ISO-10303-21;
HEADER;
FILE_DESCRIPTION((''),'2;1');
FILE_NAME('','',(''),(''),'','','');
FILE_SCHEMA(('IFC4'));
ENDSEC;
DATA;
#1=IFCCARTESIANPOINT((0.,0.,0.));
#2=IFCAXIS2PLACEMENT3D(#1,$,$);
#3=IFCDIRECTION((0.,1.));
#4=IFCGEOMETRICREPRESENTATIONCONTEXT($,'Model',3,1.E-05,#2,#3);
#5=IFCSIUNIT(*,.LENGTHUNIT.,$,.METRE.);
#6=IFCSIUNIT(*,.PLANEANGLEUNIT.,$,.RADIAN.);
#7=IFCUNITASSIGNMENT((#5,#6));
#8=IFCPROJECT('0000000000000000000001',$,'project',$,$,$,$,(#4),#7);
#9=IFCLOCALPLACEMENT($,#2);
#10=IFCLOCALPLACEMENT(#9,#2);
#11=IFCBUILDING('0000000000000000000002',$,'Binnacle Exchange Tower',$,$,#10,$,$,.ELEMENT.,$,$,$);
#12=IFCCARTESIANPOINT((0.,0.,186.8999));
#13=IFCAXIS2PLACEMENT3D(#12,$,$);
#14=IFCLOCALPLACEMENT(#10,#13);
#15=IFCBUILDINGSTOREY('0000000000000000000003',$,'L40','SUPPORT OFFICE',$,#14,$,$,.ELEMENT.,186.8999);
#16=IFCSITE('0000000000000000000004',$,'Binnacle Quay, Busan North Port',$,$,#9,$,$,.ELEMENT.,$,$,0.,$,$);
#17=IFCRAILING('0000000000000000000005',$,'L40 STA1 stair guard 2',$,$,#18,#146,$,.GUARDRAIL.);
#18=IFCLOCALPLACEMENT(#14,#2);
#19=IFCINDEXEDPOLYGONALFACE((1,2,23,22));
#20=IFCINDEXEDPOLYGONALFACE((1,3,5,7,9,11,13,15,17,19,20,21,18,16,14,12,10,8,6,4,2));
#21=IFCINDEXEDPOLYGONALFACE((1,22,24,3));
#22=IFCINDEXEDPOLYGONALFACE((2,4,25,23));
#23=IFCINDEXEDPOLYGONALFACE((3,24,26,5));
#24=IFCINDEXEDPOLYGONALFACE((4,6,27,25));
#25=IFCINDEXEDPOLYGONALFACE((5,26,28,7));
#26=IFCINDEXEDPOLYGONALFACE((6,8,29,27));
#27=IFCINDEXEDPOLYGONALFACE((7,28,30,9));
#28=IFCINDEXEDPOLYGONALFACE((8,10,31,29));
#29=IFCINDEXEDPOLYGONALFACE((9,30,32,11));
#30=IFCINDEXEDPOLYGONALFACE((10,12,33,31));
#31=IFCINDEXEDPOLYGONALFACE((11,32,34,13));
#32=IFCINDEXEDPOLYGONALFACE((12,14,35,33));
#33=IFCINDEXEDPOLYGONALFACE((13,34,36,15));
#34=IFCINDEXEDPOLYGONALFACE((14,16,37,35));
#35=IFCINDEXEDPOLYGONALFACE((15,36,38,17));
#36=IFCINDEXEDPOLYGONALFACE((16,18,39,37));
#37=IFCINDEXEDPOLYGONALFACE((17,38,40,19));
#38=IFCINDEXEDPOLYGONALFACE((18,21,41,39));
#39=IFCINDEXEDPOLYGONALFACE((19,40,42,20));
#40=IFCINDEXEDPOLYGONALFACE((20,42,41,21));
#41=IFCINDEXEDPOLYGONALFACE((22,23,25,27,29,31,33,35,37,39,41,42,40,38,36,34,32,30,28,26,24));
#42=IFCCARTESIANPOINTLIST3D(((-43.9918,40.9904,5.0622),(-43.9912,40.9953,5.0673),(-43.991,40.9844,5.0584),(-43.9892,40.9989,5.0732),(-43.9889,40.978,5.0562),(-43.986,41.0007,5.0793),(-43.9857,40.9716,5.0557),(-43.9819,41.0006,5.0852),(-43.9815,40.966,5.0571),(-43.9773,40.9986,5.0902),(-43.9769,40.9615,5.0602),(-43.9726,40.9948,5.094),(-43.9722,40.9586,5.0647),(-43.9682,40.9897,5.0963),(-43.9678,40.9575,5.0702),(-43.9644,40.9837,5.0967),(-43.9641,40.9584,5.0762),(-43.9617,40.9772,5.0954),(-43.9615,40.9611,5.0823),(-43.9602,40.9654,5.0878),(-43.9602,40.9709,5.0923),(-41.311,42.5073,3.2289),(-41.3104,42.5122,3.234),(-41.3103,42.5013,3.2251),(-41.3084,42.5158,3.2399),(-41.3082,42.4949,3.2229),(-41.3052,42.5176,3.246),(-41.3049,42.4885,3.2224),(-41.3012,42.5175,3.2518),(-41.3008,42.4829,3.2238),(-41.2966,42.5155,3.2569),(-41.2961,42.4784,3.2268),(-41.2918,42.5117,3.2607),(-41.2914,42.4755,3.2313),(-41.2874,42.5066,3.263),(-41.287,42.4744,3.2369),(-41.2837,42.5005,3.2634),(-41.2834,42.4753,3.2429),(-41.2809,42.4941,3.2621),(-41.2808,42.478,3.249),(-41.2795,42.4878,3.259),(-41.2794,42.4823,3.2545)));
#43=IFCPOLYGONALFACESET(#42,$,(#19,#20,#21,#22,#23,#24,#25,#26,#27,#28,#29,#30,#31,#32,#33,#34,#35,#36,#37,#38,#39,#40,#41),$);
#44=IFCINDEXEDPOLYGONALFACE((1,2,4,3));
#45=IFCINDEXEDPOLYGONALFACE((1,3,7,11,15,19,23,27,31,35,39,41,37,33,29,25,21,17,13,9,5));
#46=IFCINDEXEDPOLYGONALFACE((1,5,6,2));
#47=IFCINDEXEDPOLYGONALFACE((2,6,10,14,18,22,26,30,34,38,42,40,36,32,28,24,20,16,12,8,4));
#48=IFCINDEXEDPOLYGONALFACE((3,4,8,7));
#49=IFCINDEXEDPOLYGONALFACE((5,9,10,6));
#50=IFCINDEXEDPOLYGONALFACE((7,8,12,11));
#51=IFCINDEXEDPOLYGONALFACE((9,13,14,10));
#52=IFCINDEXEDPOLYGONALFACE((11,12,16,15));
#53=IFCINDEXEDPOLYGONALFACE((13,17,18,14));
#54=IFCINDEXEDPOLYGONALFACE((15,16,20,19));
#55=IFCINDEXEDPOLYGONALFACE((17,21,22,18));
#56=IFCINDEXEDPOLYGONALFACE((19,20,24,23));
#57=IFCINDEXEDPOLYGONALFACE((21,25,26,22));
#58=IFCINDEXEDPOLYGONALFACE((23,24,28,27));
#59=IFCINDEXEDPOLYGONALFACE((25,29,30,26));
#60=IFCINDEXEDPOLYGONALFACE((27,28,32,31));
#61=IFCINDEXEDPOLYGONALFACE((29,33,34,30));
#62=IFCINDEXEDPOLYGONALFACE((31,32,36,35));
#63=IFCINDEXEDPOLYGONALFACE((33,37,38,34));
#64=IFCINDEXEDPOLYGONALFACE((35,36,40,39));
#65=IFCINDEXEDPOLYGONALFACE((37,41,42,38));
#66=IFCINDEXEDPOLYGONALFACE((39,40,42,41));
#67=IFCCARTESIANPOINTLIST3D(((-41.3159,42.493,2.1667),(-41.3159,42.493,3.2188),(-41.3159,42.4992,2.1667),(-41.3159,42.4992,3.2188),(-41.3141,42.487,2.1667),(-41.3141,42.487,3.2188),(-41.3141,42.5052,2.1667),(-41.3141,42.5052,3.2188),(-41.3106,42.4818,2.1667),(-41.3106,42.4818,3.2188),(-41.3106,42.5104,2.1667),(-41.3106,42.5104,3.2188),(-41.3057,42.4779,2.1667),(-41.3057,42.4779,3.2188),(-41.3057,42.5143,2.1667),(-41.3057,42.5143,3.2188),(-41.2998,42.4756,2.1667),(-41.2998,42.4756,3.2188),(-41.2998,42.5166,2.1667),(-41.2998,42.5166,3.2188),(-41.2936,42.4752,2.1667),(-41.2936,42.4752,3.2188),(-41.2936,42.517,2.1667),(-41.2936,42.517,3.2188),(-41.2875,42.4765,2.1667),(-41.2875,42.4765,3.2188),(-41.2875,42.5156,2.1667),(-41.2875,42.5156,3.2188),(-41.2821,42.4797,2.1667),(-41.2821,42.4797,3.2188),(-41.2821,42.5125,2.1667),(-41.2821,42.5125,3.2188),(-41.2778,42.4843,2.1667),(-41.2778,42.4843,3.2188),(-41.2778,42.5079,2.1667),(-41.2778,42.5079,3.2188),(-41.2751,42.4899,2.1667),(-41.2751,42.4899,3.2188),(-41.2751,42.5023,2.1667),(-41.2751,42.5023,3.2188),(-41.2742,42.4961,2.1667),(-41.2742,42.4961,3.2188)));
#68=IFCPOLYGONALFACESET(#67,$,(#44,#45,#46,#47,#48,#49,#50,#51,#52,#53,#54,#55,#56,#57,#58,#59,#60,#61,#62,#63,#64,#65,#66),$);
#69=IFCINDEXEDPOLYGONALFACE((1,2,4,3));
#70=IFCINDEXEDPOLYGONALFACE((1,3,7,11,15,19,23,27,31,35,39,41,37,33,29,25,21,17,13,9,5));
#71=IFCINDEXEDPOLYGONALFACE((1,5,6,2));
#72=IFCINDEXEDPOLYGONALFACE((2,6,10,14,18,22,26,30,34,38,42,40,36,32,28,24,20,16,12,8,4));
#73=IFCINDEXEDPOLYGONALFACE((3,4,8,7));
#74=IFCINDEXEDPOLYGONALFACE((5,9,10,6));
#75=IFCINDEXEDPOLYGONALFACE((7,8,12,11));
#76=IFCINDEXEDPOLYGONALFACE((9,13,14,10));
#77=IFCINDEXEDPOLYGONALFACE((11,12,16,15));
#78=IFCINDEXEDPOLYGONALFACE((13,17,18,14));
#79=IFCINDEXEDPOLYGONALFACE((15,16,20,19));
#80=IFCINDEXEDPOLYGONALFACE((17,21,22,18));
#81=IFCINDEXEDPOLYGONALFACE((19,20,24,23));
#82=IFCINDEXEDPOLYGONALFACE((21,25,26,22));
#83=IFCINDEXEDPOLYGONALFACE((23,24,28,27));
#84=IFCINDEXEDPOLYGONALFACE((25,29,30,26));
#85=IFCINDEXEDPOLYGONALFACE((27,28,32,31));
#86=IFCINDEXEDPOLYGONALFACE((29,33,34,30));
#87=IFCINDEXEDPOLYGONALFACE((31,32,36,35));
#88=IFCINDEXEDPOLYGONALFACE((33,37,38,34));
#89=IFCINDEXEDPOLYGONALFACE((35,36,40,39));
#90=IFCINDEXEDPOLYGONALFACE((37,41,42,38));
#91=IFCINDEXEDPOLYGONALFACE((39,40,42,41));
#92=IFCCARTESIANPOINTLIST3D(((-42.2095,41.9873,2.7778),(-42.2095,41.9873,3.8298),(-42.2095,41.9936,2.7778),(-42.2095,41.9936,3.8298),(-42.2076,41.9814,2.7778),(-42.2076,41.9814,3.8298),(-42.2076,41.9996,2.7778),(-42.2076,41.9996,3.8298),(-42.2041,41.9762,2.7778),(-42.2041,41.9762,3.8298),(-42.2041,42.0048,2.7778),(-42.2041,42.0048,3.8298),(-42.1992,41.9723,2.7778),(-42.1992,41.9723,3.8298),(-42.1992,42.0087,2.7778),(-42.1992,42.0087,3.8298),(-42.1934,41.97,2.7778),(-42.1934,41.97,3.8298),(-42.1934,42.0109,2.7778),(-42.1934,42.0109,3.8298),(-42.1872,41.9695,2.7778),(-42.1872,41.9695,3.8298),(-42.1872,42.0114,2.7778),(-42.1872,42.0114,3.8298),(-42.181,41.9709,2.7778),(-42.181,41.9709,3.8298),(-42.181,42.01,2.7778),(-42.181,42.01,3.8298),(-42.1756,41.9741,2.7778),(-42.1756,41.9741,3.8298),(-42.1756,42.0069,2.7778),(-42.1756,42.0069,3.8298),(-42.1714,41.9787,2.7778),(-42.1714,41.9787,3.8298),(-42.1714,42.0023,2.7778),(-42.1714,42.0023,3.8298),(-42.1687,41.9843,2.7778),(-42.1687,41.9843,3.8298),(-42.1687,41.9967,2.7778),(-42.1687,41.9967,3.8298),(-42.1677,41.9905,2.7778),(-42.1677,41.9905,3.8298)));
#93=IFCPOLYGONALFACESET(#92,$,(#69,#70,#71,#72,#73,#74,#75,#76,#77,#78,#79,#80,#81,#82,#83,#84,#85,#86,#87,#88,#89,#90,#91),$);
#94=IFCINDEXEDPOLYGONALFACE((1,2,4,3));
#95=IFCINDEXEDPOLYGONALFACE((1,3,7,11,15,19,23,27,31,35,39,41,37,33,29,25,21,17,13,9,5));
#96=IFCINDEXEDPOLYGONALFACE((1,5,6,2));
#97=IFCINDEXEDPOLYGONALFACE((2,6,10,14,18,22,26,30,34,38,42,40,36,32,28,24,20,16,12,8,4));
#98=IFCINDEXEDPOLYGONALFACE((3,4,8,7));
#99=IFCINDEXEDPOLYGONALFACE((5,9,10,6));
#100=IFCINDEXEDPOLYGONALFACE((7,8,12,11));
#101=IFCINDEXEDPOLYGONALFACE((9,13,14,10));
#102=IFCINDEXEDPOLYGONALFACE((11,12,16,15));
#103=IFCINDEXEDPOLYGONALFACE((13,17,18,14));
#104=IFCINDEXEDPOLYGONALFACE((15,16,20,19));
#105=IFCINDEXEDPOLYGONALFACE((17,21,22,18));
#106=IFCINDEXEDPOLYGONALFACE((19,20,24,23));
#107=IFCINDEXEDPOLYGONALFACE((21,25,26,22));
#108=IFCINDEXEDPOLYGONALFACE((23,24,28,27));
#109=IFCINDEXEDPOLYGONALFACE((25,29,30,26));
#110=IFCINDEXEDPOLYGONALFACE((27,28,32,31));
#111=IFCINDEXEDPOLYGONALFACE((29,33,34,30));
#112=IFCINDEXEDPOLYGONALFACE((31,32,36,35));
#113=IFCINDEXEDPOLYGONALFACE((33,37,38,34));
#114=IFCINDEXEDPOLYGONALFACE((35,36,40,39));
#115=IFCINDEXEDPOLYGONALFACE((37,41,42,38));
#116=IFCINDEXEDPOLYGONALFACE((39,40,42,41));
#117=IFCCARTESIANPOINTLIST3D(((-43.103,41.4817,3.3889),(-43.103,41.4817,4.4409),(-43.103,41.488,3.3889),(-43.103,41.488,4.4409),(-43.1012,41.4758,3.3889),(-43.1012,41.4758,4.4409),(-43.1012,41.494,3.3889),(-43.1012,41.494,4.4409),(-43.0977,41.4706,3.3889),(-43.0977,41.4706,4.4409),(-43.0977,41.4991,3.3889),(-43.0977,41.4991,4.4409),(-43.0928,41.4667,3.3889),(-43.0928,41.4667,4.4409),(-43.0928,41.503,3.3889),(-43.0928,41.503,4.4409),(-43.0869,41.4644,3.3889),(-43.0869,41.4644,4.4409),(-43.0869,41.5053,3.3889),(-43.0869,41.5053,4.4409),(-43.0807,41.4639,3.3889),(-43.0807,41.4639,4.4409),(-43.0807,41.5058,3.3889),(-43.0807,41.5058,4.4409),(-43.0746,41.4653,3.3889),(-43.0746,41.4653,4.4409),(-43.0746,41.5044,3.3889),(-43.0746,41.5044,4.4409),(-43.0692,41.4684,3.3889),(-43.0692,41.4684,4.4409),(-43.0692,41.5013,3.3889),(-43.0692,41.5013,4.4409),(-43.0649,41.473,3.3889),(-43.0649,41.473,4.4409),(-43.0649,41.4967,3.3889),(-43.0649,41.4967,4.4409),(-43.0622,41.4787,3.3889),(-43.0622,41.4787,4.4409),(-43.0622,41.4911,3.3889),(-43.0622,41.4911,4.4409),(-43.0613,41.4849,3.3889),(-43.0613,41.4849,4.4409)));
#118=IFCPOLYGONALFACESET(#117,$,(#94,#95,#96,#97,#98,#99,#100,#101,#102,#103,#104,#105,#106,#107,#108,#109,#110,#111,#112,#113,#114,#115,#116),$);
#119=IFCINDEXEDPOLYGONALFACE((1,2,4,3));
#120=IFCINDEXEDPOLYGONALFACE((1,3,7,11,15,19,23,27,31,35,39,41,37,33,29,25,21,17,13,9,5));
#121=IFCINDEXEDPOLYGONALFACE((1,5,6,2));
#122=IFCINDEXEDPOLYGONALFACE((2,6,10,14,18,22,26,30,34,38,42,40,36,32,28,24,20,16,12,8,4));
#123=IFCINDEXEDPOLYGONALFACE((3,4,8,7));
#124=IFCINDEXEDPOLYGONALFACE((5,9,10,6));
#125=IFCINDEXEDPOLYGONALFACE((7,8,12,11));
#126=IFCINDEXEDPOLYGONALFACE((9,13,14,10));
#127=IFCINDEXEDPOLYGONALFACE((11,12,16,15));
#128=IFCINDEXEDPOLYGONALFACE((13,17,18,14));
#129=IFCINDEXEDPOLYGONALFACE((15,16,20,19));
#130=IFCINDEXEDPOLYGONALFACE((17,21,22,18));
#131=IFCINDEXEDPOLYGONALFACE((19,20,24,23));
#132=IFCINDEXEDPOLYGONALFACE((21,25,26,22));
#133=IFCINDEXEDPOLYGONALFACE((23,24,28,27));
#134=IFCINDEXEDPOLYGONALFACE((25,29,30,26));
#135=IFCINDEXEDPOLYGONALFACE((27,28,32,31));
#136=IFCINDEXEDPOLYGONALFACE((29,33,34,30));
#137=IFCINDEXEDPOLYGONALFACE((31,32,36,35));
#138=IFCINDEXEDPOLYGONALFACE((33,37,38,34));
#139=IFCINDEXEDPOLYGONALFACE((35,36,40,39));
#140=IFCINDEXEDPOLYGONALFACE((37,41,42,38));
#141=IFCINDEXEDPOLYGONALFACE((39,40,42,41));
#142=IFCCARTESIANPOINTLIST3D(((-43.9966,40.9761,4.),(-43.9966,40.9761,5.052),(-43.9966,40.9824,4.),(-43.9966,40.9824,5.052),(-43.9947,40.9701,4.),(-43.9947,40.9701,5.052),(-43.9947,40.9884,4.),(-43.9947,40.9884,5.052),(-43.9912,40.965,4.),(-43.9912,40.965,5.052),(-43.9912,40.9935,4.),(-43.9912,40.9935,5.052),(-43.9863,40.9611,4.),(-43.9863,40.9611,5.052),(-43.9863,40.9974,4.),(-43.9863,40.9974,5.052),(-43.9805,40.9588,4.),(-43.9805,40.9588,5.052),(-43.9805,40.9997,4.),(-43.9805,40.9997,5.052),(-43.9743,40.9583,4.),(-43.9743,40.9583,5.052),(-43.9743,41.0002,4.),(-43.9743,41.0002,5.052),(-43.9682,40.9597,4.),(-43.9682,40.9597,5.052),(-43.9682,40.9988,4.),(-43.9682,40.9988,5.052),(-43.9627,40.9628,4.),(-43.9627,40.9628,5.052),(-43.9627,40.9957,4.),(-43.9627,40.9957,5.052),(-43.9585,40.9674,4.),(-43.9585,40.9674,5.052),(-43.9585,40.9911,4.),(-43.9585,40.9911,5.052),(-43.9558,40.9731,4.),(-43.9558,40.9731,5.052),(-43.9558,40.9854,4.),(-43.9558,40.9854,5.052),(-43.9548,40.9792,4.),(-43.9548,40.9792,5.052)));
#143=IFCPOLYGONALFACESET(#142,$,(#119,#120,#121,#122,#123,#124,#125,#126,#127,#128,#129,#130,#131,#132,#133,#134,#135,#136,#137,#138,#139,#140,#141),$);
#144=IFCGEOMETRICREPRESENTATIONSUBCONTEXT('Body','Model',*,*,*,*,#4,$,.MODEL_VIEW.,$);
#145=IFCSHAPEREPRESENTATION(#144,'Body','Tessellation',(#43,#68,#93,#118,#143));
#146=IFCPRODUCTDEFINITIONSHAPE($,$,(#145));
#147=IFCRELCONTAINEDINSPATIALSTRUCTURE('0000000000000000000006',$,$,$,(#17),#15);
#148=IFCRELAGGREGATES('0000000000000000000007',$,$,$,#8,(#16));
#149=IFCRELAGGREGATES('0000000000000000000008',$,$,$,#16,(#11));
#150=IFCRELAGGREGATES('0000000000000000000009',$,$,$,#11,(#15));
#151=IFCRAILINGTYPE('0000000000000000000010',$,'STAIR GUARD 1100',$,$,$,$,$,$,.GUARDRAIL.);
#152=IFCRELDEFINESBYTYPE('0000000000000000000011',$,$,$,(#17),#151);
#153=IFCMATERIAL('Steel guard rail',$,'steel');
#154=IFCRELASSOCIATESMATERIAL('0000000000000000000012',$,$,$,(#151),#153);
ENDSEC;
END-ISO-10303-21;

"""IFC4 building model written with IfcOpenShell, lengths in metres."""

from ifc_helpers import new_model, si_unit, direction, frame, origin, origin_2d, place, context, subcontext, project, spatial, circle, extrude, material, type_object, element, save


model = new_model("IFC4")

# Units and contexts
model_context = context("Model", 3, precision=1e-05, world=origin(), true_north=direction((0.0, 1.0)))
body_context = subcontext(model_context, "Body", "Model", "MODEL_VIEW")
ifc_project = project(units=[si_unit("LENGTHUNIT", "METRE"), si_unit("PLANEANGLEUNIT", "RADIAN")], contexts=[model_context])

# Site, building, storey
site_placement = place(None, origin())
site = spatial("IfcSite", under=ifc_project, at=site_placement, Name="Binnacle Quay, Busan North Port", CompositionType="ELEMENT", RefElevation=0.0)
building_placement = place(site_placement, origin())
building = spatial("IfcBuilding", under=site, at=building_placement, Name="Binnacle Exchange Tower", CompositionType="ELEMENT")
storey_placement = place(building_placement, frame((0.0, 0.0, 186.8999)))
storey = spatial("IfcBuildingStorey", under=building, at=storey_placement, Name="L40", Description="SUPPORT OFFICE", CompositionType="ELEMENT", Elevation=186.8999)

# Railing
ifc_material_1 = material(Name="Steel guard rail", Category="steel")
railing_type = type_object("IfcRailingType", Name="STAIR GUARD 1100", PredefinedType="GUARDRAIL", material=ifc_material_1)
railing_placement = place(storey_placement, frame((-41.2952, 42.4961, 2.1667)))
element("IfcRailing", 1, at=railing_placement, inside=storey, type_object=railing_type, Name="L40 STA1 stair guard 2", PredefinedType="GUARDRAIL", context=body_context, shape_type="SweptSolid", body=[
    extrude(circle(Radius=0.0239, at=origin_2d()), frame((0.0, 0.0, 1.0762), z_axis=(-0.747879, -0.423185, 0.51146), x_axis=(0.492472, -0.870328, 0.0)), (0.0, 0.0, 1.0), 3.5845),
    extrude(circle(Radius=0.021, at=origin_2d()), origin(), (0.0, 0.0, 1.0), 1.052),
    extrude(circle(Radius=0.021, at=origin_2d()), frame((-0.8936, -0.5056, 0.6111)), (0.0, 0.0, 1.0), 1.052),
    extrude(circle(Radius=0.021, at=origin_2d()), frame((-1.7871, -1.0112, 1.2222)), (0.0, 0.0, 1.0), 1.052),
    extrude(circle(Radius=0.021, at=origin_2d()), frame((-2.6807, -1.5168, 1.8333)), (0.0, 0.0, 1.0), 1.052),
])

save(model, "model.ifc")
